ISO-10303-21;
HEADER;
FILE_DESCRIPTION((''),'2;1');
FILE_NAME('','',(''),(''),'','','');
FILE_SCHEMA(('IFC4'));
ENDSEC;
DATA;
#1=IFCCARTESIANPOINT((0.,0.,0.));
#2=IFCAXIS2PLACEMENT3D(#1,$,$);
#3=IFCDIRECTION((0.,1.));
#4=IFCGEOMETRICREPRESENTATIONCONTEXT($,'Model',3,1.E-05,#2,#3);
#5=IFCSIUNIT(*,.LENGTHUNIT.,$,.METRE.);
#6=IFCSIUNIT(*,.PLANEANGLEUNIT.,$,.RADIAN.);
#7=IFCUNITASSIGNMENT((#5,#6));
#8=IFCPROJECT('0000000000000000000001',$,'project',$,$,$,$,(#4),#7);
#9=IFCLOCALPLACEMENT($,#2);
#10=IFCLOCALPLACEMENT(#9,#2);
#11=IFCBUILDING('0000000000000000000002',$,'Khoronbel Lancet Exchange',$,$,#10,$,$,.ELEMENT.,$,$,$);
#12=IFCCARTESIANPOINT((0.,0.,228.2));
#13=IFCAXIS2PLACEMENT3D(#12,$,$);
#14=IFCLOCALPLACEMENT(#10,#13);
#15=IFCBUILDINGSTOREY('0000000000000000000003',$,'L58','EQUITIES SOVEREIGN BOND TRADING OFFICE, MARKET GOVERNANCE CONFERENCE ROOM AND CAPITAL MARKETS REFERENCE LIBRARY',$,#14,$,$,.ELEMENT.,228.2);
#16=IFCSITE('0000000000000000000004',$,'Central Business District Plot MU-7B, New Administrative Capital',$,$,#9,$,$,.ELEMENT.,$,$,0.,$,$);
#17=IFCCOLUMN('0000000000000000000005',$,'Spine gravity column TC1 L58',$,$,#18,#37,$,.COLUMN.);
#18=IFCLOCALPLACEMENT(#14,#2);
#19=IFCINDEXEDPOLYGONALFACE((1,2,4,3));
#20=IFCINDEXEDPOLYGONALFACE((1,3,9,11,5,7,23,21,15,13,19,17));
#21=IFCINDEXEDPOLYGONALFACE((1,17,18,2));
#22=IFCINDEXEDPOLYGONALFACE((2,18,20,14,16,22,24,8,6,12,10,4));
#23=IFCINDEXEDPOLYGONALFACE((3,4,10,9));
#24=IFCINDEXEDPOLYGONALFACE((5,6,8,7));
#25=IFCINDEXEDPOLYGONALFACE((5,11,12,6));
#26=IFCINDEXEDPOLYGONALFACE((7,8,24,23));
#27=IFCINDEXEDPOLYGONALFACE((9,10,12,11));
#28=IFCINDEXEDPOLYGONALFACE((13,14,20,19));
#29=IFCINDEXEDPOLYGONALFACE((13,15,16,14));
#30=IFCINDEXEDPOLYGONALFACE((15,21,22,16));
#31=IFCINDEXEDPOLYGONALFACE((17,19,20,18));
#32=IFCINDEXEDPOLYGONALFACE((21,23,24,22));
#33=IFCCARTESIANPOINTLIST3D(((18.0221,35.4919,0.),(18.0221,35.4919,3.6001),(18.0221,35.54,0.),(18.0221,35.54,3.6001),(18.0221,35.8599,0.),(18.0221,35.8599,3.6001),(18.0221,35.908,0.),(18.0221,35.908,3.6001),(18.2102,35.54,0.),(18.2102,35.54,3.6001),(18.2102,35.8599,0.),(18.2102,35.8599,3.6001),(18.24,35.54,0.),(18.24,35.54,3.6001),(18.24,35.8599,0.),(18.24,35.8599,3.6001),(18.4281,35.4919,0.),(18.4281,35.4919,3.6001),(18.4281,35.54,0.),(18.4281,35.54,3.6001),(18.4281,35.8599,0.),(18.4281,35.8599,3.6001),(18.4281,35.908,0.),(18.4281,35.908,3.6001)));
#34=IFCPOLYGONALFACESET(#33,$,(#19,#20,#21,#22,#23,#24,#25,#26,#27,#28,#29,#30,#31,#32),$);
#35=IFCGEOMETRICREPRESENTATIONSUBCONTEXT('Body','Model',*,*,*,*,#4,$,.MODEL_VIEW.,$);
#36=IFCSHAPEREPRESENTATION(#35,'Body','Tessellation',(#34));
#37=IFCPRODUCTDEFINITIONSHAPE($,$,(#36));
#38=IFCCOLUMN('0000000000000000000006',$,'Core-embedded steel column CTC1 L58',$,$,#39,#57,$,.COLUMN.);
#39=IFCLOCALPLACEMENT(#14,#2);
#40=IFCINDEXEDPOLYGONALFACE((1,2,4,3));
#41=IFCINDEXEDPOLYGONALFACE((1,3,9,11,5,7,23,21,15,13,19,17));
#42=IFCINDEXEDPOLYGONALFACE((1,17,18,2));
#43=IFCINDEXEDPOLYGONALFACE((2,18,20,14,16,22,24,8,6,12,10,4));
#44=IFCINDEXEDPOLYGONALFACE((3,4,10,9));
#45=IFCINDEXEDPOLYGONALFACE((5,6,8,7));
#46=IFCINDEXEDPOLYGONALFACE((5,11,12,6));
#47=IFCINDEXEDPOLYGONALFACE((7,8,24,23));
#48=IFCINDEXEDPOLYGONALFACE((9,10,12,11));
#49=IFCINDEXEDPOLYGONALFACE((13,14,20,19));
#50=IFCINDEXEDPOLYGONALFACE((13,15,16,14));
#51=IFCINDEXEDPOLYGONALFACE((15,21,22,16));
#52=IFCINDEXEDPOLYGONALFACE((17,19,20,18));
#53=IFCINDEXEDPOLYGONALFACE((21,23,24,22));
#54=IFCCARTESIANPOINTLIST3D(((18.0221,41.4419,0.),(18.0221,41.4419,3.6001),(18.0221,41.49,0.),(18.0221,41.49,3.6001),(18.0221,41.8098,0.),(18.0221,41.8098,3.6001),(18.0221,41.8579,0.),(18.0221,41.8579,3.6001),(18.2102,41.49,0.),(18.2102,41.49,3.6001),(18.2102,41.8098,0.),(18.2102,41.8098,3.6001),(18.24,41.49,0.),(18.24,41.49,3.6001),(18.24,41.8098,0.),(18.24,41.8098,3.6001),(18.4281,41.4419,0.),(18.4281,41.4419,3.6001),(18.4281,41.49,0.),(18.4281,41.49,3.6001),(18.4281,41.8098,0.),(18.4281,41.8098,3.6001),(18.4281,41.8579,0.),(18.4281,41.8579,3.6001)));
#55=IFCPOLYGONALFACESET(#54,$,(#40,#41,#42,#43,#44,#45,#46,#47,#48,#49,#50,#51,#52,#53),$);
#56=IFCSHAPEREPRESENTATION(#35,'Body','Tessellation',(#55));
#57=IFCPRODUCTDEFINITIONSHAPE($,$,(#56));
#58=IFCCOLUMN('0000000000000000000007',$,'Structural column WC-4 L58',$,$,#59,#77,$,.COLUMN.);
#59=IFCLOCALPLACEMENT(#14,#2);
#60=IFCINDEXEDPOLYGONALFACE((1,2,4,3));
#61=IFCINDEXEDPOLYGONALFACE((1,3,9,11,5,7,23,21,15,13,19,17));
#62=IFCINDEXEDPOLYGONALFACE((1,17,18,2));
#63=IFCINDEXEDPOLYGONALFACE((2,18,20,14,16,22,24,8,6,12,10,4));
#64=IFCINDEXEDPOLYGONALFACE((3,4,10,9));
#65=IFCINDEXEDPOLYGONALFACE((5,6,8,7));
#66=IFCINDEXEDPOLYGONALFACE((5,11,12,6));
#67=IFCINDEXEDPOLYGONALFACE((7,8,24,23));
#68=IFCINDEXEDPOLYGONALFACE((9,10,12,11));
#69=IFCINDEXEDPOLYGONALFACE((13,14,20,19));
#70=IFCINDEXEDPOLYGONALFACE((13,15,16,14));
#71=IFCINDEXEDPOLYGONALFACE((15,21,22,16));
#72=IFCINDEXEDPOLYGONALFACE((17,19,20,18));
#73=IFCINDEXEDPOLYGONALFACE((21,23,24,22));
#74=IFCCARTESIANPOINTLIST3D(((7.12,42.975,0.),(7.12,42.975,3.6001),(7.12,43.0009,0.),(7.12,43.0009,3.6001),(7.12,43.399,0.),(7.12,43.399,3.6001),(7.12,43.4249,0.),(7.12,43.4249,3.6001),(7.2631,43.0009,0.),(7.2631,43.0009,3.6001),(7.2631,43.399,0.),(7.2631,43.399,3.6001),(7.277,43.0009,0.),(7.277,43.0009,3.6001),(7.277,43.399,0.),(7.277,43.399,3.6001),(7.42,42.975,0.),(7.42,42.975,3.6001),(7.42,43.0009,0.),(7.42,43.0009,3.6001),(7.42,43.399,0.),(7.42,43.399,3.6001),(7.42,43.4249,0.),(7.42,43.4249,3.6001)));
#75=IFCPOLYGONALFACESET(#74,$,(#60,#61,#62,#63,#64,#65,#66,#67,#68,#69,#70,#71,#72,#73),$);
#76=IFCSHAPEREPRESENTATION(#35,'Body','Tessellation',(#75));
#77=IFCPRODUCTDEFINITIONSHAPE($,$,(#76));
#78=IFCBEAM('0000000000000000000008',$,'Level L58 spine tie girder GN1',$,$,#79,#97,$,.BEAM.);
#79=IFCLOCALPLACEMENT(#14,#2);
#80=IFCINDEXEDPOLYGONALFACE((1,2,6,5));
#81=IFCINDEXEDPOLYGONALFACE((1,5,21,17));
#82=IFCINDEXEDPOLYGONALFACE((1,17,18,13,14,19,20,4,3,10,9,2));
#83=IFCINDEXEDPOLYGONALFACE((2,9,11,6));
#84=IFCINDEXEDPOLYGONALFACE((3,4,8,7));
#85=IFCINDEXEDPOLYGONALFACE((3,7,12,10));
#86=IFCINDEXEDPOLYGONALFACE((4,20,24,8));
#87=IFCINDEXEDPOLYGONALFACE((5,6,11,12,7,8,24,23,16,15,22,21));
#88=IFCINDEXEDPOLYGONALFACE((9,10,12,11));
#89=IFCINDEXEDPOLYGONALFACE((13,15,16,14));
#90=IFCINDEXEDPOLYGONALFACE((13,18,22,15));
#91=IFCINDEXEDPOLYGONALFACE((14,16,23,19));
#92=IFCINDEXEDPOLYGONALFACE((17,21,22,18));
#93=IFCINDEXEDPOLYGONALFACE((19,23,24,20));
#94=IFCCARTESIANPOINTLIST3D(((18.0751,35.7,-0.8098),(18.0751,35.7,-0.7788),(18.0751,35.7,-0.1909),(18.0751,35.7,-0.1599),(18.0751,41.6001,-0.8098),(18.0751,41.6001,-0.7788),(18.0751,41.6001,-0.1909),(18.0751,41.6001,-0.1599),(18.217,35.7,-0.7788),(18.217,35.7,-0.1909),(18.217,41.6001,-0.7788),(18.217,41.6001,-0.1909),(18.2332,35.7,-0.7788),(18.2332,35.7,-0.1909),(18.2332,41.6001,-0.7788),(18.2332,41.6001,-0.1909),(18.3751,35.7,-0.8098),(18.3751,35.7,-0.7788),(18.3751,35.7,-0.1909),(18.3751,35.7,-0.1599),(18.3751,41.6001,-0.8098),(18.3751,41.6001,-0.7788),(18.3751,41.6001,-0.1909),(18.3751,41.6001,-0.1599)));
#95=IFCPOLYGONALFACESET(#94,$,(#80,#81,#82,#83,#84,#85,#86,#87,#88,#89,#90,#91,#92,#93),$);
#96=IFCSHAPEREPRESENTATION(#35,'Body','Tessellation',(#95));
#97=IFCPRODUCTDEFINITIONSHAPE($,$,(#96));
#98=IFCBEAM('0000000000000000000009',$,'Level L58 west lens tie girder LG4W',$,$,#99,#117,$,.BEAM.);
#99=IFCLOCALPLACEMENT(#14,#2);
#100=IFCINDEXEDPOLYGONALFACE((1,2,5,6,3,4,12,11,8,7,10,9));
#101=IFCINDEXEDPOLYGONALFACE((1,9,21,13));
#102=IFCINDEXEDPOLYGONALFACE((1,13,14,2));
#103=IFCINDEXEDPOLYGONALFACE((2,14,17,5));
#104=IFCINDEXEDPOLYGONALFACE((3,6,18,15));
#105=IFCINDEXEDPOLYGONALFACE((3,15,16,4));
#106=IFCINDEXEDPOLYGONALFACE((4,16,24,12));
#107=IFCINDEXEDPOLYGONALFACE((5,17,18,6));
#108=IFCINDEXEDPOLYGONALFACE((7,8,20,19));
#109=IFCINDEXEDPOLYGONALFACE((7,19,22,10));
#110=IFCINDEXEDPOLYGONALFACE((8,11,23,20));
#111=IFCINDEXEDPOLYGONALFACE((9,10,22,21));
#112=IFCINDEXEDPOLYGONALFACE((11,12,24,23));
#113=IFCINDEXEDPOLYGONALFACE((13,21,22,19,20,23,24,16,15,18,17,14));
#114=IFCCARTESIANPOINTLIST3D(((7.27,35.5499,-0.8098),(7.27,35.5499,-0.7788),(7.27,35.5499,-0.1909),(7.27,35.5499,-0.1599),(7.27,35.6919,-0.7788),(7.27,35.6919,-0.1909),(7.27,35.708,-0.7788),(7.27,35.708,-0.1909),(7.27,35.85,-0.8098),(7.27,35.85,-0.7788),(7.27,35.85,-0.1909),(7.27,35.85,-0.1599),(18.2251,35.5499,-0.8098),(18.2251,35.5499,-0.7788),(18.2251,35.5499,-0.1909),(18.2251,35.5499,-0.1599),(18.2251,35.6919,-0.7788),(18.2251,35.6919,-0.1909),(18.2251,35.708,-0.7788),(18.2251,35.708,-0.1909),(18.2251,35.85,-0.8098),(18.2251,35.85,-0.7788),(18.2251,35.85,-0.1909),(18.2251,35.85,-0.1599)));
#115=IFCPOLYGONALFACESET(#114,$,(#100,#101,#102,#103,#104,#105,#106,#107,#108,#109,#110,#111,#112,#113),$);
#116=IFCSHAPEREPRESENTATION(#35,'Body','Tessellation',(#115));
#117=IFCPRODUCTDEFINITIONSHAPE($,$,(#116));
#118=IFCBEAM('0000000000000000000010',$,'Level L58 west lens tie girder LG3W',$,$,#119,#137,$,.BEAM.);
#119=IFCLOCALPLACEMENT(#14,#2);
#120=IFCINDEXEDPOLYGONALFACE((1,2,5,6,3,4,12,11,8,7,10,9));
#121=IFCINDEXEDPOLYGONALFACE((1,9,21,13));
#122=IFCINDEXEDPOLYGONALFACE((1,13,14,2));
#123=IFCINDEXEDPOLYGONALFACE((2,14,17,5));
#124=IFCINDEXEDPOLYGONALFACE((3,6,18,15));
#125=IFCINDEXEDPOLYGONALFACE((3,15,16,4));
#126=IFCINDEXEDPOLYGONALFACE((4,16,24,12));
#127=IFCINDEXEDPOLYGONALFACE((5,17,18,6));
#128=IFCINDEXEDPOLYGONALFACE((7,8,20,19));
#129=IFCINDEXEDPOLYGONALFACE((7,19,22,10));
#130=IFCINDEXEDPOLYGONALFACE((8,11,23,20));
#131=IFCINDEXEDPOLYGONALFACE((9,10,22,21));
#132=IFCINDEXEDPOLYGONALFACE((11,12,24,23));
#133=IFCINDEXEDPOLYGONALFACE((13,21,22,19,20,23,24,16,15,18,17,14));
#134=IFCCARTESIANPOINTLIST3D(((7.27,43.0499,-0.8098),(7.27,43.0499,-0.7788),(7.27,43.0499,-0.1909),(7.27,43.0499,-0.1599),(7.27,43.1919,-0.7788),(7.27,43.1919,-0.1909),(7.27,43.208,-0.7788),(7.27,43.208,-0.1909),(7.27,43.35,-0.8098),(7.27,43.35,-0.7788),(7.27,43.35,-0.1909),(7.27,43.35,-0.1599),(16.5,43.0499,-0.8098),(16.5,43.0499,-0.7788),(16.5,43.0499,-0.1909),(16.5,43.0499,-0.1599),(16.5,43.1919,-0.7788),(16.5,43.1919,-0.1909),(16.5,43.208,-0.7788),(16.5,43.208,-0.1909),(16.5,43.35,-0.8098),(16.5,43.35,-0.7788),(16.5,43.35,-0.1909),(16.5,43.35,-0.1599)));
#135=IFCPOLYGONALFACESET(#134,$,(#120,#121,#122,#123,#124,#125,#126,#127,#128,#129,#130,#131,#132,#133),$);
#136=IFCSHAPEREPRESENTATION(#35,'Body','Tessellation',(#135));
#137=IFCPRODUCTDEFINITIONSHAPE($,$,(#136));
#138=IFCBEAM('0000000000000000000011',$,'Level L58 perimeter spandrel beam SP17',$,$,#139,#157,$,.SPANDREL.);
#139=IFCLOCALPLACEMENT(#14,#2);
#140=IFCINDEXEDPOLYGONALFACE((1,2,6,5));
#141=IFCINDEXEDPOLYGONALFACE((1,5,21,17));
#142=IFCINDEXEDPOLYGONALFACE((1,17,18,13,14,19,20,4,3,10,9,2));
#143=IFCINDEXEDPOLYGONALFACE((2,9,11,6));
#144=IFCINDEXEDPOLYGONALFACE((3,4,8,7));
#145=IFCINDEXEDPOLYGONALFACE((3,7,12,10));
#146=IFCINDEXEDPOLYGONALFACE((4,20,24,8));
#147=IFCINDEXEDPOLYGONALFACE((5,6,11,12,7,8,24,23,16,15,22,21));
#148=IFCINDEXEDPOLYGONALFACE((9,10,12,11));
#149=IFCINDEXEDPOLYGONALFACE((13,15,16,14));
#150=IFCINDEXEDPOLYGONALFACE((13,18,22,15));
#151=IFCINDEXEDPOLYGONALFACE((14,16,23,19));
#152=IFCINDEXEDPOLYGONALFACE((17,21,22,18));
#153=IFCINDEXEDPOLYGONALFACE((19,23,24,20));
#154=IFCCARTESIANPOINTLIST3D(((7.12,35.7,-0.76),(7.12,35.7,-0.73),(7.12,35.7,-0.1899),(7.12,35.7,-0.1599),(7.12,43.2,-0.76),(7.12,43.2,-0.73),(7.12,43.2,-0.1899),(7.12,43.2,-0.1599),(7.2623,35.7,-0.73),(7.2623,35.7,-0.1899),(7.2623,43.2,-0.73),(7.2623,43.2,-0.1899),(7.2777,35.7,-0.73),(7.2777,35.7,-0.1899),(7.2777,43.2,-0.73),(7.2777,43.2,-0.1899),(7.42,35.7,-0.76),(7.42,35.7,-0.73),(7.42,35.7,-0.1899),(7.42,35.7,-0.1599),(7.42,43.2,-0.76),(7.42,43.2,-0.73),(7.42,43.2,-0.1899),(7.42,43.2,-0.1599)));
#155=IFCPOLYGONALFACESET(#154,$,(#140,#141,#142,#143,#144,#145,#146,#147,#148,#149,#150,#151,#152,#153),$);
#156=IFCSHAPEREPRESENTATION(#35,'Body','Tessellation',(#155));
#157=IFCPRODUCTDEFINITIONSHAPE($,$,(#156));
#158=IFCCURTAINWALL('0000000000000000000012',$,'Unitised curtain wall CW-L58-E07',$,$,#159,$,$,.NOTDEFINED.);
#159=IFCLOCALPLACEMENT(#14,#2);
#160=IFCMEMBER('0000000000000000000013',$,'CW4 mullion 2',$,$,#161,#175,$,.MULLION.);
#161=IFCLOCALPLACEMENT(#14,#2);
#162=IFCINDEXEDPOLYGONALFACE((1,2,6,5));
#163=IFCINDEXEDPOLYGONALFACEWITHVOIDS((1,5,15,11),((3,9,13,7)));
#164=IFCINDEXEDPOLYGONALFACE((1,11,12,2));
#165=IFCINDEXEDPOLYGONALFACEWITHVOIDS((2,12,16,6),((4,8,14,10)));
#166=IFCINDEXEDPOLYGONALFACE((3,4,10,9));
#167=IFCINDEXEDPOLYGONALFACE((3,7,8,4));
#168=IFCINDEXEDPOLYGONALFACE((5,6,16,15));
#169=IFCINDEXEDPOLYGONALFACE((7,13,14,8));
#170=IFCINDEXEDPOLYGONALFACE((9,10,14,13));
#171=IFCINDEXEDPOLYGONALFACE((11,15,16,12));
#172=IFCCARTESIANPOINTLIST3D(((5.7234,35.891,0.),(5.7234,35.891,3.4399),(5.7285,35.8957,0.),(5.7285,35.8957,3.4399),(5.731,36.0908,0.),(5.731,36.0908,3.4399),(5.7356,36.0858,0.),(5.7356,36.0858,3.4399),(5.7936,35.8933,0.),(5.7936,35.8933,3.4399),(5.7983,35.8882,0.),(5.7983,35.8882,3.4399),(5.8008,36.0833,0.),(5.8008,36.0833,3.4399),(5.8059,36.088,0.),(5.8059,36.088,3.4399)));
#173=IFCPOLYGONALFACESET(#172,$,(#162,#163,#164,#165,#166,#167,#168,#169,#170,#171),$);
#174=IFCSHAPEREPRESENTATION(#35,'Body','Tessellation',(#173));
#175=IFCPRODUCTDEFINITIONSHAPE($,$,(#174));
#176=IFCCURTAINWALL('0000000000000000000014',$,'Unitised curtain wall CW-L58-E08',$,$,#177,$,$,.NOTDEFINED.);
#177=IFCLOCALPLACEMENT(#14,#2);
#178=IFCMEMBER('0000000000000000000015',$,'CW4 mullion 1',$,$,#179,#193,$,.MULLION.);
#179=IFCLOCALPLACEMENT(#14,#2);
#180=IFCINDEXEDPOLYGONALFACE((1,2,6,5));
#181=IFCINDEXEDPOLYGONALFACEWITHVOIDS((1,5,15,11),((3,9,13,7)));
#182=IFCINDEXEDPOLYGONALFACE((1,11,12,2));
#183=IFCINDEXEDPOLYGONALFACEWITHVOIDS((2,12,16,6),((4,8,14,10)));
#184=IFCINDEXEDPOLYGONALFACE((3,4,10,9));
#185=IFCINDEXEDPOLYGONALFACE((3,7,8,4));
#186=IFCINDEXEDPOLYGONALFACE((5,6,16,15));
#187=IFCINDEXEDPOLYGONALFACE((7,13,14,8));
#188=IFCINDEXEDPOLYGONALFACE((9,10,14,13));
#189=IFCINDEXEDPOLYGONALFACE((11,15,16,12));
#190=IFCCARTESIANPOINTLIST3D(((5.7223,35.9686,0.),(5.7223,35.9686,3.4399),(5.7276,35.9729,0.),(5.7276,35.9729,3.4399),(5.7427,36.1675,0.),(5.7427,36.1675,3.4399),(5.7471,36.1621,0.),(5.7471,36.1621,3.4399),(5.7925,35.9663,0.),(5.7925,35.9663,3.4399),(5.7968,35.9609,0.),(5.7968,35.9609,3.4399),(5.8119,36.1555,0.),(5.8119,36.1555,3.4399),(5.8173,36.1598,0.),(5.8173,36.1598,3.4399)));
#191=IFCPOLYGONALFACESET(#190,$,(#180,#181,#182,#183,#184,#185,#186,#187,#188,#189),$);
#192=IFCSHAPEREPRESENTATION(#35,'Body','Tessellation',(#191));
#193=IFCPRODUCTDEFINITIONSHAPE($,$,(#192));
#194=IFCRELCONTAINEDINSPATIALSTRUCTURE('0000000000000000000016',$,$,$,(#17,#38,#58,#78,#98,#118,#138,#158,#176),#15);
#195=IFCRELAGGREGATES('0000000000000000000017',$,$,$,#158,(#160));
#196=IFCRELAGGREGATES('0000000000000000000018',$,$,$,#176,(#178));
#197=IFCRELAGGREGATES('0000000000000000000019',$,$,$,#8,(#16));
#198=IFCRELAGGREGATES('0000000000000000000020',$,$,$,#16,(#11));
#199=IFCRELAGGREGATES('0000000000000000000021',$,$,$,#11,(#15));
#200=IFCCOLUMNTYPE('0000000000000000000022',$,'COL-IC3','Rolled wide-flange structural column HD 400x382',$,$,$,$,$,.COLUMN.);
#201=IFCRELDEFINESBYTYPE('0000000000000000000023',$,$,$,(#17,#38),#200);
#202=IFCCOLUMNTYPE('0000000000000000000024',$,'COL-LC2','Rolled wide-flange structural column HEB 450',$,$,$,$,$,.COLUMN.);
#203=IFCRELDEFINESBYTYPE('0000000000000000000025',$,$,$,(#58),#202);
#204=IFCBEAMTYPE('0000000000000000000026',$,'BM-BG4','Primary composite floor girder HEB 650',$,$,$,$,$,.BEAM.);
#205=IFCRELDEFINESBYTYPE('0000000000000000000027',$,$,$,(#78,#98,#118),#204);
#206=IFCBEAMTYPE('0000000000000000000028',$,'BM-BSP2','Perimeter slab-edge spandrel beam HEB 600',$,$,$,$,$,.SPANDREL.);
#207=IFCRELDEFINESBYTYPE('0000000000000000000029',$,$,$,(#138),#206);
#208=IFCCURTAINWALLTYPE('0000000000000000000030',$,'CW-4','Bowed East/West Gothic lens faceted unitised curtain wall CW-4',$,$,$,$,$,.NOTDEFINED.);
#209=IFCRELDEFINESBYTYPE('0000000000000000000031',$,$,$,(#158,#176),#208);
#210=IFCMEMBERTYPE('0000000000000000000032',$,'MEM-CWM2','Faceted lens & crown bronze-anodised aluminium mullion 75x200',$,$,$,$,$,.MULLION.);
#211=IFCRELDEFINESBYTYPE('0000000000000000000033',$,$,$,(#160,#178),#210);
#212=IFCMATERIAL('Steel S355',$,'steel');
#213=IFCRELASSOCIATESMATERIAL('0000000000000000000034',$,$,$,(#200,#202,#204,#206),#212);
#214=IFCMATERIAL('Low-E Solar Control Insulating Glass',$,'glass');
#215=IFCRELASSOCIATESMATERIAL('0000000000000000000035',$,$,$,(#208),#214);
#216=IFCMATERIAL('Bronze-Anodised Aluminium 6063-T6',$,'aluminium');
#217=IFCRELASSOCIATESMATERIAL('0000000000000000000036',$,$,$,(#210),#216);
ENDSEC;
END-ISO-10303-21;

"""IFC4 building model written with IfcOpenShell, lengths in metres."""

from ifc_helpers import new_model, si_unit, direction, frame, origin, origin_2d, place, context, subcontext, project, spatial, hollow_rectangle, i_section, extrude, material, material_profile, profile_set, type_object, element, aggregate, save


model = new_model("IFC4")

# Units and contexts
model_context = context("Model", 3, precision=1e-05, world=origin(), true_north=direction((0.0, 1.0)))
body_context = subcontext(model_context, "Body", "Model", "MODEL_VIEW")
ifc_project = project(units=[si_unit("LENGTHUNIT", "METRE"), si_unit("PLANEANGLEUNIT", "RADIAN")], contexts=[model_context])

# Site, building, storey
site_placement = place(None, origin())
site = spatial("IfcSite", under=ifc_project, at=site_placement, Name="Central Business District Plot MU-7B, New Administrative Capital", CompositionType="ELEMENT", RefElevation=0.0)
building_placement = place(site_placement, origin())
building = spatial("IfcBuilding", under=site, at=building_placement, Name="Khoronbel Lancet Exchange", CompositionType="ELEMENT")
storey_placement = place(building_placement, frame((0.0, 0.0, 228.2)))
storey = spatial("IfcBuildingStorey", under=building, at=storey_placement, Name="L58", Description="EQUITIES SOVEREIGN BOND TRADING OFFICE, MARKET GOVERNANCE CONFERENCE ROOM AND CAPITAL MARKETS REFERENCE LIBRARY", CompositionType="ELEMENT", Elevation=228.2)

# Columns
ifc_material_1 = material(Name="Steel S355", Category="steel")
ifc_material_profile_1 = material_profile(ifc_material_1, i_section(OverallWidth=0.406, OverallDepth=0.416, WebThickness=0.0298, FlangeThickness=0.0481, at=origin_2d()), Name="HD 400x382")
ifc_profile_set_1 = profile_set([ifc_material_profile_1], Name="Steel S355")
column_type_1 = type_object("IfcColumnType", Name="COL-IC3", Description="Rolled wide-flange structural column HD 400x382", PredefinedType="COLUMN", material=ifc_profile_set_1)
for number, where, z_axis, x_axis, name in (
    (1, (18.2251, 35.7, 0.0), (0.0, 0.0, 1.0), (1.0, 0.0, 0.0), "Spine gravity column TC1 L58"),
    (2, (18.2251, 41.6499, 0.0), (0.0, 0.0, 1.0), (1.0, 0.0, 0.0), "Core-embedded steel column CTC1 L58"),
):
    element("IfcColumn", number, at=place(storey_placement, frame(where, z_axis=z_axis, x_axis=x_axis)), inside=storey, type_object=column_type_1, Name=name, PredefinedType="COLUMN", context=body_context, shape_type="SweptSolid", body=[
        extrude(i_section(OverallWidth=0.406, OverallDepth=0.416, WebThickness=0.0298, FlangeThickness=0.0481, at=origin_2d()), origin(), (0.0, 0.0, 1.0), 3.6001),
    ])
ifc_material_profile_2 = material_profile(ifc_material_1, i_section(OverallWidth=0.3, OverallDepth=0.45, WebThickness=0.0139, FlangeThickness=0.0259, at=origin_2d()), Name="HEB 450")
ifc_profile_set_2 = profile_set([ifc_material_profile_2], Name="Steel S355")
column_type_2 = type_object("IfcColumnType", Name="COL-LC2", Description="Rolled wide-flange structural column HEB 450", PredefinedType="COLUMN", material=ifc_profile_set_2)
column_placement = place(storey_placement, frame((7.27, 43.2, 0.0), z_axis=(0.0, 0.0, 1.0), x_axis=(1.0, 0.0, 0.0)))
element("IfcColumn", 3, at=column_placement, inside=storey, type_object=column_type_2, Name="Structural column WC-4 L58", PredefinedType="COLUMN", context=body_context, shape_type="SweptSolid", body=[
    extrude(i_section(OverallWidth=0.3, OverallDepth=0.45, WebThickness=0.0139, FlangeThickness=0.0259, at=origin_2d()), origin(), (0.0, 0.0, 1.0), 3.6001),
])

# Beams
ifc_material_profile_3 = material_profile(ifc_material_1, i_section(OverallWidth=0.3, OverallDepth=0.6499, WebThickness=0.0161, FlangeThickness=0.031, at=origin_2d()), Name="HEB 650")
ifc_profile_set_3 = profile_set([ifc_material_profile_3], Name="Steel S355")
beam_type_1 = type_object("IfcBeamType", Name="BM-BG4", Description="Primary composite floor girder HEB 650", PredefinedType="BEAM", material=ifc_profile_set_3)
beam_1_placement = place(storey_placement, frame((18.2251, 35.7, -0.4849), z_axis=(0.0, 1.0, 0.0), x_axis=(-1.0, 0.0, 0.0)))
element("IfcBeam", 4, at=beam_1_placement, inside=storey, type_object=beam_type_1, Name="Level L58 spine tie girder GN1", PredefinedType="BEAM", context=body_context, shape_type="SweptSolid", body=[
    extrude(i_section(OverallWidth=0.3, OverallDepth=0.6499, WebThickness=0.0161, FlangeThickness=0.031, at=origin_2d()), origin(), (0.0, 0.0, 1.0), 5.9001),
])
beam_2_placement = place(storey_placement, frame((7.27, 35.7, -0.4849), z_axis=(1.0, 0.0, 0.0), x_axis=(0.0, 1.0, 0.0)))
element("IfcBeam", 5, at=beam_2_placement, inside=storey, type_object=beam_type_1, Name="Level L58 west lens tie girder LG4W", PredefinedType="BEAM", context=body_context, shape_type="SweptSolid", body=[
    extrude(i_section(OverallWidth=0.3, OverallDepth=0.6499, WebThickness=0.0161, FlangeThickness=0.031, at=origin_2d()), origin(), (0.0, 0.0, 1.0), 10.9551),
])
beam_3_placement = place(storey_placement, frame((7.27, 43.2, -0.4849), z_axis=(1.0, 0.0, 0.0), x_axis=(0.0, 1.0, 0.0)))
element("IfcBeam", 6, at=beam_3_placement, inside=storey, type_object=beam_type_1, Name="Level L58 west lens tie girder LG3W", PredefinedType="BEAM", context=body_context, shape_type="SweptSolid", body=[
    extrude(i_section(OverallWidth=0.3, OverallDepth=0.6499, WebThickness=0.0161, FlangeThickness=0.031, at=origin_2d()), origin(), (0.0, 0.0, 1.0), 9.23),
])
ifc_material_profile_4 = material_profile(ifc_material_1, i_section(OverallWidth=0.3, OverallDepth=0.6001, WebThickness=0.0154, FlangeThickness=0.03, at=origin_2d()), Name="HEB 600")
ifc_profile_set_4 = profile_set([ifc_material_profile_4], Name="Steel S355")
beam_type_2 = type_object("IfcBeamType", Name="BM-BSP2", Description="Perimeter slab-edge spandrel beam HEB 600", PredefinedType="SPANDREL", material=ifc_profile_set_4)
beam_4_placement = place(storey_placement, frame((7.27, 43.2, -0.46), z_axis=(0.0, -1.0, 0.0), x_axis=(1.0, 0.0, 0.0)))
element("IfcBeam", 7, at=beam_4_placement, inside=storey, type_object=beam_type_2, Name="Level L58 perimeter spandrel beam SP17", PredefinedType="SPANDREL", context=body_context, shape_type="SweptSolid", body=[
    extrude(i_section(OverallWidth=0.3, OverallDepth=0.6001, WebThickness=0.0154, FlangeThickness=0.03, at=origin_2d()), origin(), (0.0, 0.0, 1.0), 7.5),
])

# Curtain wall, member
ifc_material_2 = material(Name="Low-E Solar Control Insulating Glass", Category="glass")
curtain_wall_type = type_object("IfcCurtainWallType", Name="CW-4", Description="Bowed East/West Gothic lens faceted unitised curtain wall CW-4", PredefinedType="NOTDEFINED", material=ifc_material_2)
curtain_wall_1_placement = place(storey_placement, origin())
curtain_wall_1 = element("IfcCurtainWall", 8, at=curtain_wall_1_placement, inside=storey, type_object=curtain_wall_type, Name="Unitised curtain wall CW-L58-E07", PredefinedType="NOTDEFINED")
ifc_material_3 = material(Name="Bronze-Anodised Aluminium 6063-T6", Category="aluminium")
ifc_material_profile_5 = material_profile(ifc_material_3, hollow_rectangle(XDim=0.075, YDim=0.2, WallThickness=0.0049, at=origin_2d()), Name="ALU MULLION 75x200")
ifc_profile_set_5 = profile_set([ifc_material_profile_5], Name="Bronze-Anodised Aluminium 6063-T6")
member_type_1 = type_object("IfcMemberType", Name="MEM-CWM2", Description="Faceted lens & crown bronze-anodised aluminium mullion 75x200", PredefinedType="MULLION", material=ifc_profile_set_5)
member_1_placement = place(storey_placement, frame((5.7646, 35.9895, 0.0), z_axis=(0.0, 0.0, 1.0), x_axis=(-0.999295, 0.037533, 0.0)))
member_1 = element("IfcMember", 9, at=member_1_placement, type_object=member_type_1, Name="CW4 mullion 2", PredefinedType="MULLION", context=body_context, shape_type="SweptSolid", body=[
    extrude(hollow_rectangle(XDim=0.075, YDim=0.2, WallThickness=0.0049, at=origin_2d()), origin(), (0.0, 0.0, 1.0), 3.4399),
])
aggregate(curtain_wall_1, [member_1])

# Curtain wall, member
curtain_wall_2_placement = place(storey_placement, origin())
curtain_wall_2 = element("IfcCurtainWall", 10, at=curtain_wall_2_placement, inside=storey, type_object=curtain_wall_type, Name="Unitised curtain wall CW-L58-E08", PredefinedType="NOTDEFINED")
member_2_placement = place(storey_placement, frame((5.7698, 36.0642, 0.0), z_axis=(0.0, 0.0, 1.0), x_axis=(-0.994772, 0.102116, 0.0)))
member_2 = element("IfcMember", 11, at=member_2_placement, type_object=member_type_1, Name="CW4 mullion 1", PredefinedType="MULLION", context=body_context, shape_type="SweptSolid", body=[
    extrude(hollow_rectangle(XDim=0.075, YDim=0.2, WallThickness=0.0049, at=origin_2d()), origin(), (0.0, 0.0, 1.0), 3.4399),
])

aggregate(curtain_wall_2, [member_2])

save(model, "model.ifc")
